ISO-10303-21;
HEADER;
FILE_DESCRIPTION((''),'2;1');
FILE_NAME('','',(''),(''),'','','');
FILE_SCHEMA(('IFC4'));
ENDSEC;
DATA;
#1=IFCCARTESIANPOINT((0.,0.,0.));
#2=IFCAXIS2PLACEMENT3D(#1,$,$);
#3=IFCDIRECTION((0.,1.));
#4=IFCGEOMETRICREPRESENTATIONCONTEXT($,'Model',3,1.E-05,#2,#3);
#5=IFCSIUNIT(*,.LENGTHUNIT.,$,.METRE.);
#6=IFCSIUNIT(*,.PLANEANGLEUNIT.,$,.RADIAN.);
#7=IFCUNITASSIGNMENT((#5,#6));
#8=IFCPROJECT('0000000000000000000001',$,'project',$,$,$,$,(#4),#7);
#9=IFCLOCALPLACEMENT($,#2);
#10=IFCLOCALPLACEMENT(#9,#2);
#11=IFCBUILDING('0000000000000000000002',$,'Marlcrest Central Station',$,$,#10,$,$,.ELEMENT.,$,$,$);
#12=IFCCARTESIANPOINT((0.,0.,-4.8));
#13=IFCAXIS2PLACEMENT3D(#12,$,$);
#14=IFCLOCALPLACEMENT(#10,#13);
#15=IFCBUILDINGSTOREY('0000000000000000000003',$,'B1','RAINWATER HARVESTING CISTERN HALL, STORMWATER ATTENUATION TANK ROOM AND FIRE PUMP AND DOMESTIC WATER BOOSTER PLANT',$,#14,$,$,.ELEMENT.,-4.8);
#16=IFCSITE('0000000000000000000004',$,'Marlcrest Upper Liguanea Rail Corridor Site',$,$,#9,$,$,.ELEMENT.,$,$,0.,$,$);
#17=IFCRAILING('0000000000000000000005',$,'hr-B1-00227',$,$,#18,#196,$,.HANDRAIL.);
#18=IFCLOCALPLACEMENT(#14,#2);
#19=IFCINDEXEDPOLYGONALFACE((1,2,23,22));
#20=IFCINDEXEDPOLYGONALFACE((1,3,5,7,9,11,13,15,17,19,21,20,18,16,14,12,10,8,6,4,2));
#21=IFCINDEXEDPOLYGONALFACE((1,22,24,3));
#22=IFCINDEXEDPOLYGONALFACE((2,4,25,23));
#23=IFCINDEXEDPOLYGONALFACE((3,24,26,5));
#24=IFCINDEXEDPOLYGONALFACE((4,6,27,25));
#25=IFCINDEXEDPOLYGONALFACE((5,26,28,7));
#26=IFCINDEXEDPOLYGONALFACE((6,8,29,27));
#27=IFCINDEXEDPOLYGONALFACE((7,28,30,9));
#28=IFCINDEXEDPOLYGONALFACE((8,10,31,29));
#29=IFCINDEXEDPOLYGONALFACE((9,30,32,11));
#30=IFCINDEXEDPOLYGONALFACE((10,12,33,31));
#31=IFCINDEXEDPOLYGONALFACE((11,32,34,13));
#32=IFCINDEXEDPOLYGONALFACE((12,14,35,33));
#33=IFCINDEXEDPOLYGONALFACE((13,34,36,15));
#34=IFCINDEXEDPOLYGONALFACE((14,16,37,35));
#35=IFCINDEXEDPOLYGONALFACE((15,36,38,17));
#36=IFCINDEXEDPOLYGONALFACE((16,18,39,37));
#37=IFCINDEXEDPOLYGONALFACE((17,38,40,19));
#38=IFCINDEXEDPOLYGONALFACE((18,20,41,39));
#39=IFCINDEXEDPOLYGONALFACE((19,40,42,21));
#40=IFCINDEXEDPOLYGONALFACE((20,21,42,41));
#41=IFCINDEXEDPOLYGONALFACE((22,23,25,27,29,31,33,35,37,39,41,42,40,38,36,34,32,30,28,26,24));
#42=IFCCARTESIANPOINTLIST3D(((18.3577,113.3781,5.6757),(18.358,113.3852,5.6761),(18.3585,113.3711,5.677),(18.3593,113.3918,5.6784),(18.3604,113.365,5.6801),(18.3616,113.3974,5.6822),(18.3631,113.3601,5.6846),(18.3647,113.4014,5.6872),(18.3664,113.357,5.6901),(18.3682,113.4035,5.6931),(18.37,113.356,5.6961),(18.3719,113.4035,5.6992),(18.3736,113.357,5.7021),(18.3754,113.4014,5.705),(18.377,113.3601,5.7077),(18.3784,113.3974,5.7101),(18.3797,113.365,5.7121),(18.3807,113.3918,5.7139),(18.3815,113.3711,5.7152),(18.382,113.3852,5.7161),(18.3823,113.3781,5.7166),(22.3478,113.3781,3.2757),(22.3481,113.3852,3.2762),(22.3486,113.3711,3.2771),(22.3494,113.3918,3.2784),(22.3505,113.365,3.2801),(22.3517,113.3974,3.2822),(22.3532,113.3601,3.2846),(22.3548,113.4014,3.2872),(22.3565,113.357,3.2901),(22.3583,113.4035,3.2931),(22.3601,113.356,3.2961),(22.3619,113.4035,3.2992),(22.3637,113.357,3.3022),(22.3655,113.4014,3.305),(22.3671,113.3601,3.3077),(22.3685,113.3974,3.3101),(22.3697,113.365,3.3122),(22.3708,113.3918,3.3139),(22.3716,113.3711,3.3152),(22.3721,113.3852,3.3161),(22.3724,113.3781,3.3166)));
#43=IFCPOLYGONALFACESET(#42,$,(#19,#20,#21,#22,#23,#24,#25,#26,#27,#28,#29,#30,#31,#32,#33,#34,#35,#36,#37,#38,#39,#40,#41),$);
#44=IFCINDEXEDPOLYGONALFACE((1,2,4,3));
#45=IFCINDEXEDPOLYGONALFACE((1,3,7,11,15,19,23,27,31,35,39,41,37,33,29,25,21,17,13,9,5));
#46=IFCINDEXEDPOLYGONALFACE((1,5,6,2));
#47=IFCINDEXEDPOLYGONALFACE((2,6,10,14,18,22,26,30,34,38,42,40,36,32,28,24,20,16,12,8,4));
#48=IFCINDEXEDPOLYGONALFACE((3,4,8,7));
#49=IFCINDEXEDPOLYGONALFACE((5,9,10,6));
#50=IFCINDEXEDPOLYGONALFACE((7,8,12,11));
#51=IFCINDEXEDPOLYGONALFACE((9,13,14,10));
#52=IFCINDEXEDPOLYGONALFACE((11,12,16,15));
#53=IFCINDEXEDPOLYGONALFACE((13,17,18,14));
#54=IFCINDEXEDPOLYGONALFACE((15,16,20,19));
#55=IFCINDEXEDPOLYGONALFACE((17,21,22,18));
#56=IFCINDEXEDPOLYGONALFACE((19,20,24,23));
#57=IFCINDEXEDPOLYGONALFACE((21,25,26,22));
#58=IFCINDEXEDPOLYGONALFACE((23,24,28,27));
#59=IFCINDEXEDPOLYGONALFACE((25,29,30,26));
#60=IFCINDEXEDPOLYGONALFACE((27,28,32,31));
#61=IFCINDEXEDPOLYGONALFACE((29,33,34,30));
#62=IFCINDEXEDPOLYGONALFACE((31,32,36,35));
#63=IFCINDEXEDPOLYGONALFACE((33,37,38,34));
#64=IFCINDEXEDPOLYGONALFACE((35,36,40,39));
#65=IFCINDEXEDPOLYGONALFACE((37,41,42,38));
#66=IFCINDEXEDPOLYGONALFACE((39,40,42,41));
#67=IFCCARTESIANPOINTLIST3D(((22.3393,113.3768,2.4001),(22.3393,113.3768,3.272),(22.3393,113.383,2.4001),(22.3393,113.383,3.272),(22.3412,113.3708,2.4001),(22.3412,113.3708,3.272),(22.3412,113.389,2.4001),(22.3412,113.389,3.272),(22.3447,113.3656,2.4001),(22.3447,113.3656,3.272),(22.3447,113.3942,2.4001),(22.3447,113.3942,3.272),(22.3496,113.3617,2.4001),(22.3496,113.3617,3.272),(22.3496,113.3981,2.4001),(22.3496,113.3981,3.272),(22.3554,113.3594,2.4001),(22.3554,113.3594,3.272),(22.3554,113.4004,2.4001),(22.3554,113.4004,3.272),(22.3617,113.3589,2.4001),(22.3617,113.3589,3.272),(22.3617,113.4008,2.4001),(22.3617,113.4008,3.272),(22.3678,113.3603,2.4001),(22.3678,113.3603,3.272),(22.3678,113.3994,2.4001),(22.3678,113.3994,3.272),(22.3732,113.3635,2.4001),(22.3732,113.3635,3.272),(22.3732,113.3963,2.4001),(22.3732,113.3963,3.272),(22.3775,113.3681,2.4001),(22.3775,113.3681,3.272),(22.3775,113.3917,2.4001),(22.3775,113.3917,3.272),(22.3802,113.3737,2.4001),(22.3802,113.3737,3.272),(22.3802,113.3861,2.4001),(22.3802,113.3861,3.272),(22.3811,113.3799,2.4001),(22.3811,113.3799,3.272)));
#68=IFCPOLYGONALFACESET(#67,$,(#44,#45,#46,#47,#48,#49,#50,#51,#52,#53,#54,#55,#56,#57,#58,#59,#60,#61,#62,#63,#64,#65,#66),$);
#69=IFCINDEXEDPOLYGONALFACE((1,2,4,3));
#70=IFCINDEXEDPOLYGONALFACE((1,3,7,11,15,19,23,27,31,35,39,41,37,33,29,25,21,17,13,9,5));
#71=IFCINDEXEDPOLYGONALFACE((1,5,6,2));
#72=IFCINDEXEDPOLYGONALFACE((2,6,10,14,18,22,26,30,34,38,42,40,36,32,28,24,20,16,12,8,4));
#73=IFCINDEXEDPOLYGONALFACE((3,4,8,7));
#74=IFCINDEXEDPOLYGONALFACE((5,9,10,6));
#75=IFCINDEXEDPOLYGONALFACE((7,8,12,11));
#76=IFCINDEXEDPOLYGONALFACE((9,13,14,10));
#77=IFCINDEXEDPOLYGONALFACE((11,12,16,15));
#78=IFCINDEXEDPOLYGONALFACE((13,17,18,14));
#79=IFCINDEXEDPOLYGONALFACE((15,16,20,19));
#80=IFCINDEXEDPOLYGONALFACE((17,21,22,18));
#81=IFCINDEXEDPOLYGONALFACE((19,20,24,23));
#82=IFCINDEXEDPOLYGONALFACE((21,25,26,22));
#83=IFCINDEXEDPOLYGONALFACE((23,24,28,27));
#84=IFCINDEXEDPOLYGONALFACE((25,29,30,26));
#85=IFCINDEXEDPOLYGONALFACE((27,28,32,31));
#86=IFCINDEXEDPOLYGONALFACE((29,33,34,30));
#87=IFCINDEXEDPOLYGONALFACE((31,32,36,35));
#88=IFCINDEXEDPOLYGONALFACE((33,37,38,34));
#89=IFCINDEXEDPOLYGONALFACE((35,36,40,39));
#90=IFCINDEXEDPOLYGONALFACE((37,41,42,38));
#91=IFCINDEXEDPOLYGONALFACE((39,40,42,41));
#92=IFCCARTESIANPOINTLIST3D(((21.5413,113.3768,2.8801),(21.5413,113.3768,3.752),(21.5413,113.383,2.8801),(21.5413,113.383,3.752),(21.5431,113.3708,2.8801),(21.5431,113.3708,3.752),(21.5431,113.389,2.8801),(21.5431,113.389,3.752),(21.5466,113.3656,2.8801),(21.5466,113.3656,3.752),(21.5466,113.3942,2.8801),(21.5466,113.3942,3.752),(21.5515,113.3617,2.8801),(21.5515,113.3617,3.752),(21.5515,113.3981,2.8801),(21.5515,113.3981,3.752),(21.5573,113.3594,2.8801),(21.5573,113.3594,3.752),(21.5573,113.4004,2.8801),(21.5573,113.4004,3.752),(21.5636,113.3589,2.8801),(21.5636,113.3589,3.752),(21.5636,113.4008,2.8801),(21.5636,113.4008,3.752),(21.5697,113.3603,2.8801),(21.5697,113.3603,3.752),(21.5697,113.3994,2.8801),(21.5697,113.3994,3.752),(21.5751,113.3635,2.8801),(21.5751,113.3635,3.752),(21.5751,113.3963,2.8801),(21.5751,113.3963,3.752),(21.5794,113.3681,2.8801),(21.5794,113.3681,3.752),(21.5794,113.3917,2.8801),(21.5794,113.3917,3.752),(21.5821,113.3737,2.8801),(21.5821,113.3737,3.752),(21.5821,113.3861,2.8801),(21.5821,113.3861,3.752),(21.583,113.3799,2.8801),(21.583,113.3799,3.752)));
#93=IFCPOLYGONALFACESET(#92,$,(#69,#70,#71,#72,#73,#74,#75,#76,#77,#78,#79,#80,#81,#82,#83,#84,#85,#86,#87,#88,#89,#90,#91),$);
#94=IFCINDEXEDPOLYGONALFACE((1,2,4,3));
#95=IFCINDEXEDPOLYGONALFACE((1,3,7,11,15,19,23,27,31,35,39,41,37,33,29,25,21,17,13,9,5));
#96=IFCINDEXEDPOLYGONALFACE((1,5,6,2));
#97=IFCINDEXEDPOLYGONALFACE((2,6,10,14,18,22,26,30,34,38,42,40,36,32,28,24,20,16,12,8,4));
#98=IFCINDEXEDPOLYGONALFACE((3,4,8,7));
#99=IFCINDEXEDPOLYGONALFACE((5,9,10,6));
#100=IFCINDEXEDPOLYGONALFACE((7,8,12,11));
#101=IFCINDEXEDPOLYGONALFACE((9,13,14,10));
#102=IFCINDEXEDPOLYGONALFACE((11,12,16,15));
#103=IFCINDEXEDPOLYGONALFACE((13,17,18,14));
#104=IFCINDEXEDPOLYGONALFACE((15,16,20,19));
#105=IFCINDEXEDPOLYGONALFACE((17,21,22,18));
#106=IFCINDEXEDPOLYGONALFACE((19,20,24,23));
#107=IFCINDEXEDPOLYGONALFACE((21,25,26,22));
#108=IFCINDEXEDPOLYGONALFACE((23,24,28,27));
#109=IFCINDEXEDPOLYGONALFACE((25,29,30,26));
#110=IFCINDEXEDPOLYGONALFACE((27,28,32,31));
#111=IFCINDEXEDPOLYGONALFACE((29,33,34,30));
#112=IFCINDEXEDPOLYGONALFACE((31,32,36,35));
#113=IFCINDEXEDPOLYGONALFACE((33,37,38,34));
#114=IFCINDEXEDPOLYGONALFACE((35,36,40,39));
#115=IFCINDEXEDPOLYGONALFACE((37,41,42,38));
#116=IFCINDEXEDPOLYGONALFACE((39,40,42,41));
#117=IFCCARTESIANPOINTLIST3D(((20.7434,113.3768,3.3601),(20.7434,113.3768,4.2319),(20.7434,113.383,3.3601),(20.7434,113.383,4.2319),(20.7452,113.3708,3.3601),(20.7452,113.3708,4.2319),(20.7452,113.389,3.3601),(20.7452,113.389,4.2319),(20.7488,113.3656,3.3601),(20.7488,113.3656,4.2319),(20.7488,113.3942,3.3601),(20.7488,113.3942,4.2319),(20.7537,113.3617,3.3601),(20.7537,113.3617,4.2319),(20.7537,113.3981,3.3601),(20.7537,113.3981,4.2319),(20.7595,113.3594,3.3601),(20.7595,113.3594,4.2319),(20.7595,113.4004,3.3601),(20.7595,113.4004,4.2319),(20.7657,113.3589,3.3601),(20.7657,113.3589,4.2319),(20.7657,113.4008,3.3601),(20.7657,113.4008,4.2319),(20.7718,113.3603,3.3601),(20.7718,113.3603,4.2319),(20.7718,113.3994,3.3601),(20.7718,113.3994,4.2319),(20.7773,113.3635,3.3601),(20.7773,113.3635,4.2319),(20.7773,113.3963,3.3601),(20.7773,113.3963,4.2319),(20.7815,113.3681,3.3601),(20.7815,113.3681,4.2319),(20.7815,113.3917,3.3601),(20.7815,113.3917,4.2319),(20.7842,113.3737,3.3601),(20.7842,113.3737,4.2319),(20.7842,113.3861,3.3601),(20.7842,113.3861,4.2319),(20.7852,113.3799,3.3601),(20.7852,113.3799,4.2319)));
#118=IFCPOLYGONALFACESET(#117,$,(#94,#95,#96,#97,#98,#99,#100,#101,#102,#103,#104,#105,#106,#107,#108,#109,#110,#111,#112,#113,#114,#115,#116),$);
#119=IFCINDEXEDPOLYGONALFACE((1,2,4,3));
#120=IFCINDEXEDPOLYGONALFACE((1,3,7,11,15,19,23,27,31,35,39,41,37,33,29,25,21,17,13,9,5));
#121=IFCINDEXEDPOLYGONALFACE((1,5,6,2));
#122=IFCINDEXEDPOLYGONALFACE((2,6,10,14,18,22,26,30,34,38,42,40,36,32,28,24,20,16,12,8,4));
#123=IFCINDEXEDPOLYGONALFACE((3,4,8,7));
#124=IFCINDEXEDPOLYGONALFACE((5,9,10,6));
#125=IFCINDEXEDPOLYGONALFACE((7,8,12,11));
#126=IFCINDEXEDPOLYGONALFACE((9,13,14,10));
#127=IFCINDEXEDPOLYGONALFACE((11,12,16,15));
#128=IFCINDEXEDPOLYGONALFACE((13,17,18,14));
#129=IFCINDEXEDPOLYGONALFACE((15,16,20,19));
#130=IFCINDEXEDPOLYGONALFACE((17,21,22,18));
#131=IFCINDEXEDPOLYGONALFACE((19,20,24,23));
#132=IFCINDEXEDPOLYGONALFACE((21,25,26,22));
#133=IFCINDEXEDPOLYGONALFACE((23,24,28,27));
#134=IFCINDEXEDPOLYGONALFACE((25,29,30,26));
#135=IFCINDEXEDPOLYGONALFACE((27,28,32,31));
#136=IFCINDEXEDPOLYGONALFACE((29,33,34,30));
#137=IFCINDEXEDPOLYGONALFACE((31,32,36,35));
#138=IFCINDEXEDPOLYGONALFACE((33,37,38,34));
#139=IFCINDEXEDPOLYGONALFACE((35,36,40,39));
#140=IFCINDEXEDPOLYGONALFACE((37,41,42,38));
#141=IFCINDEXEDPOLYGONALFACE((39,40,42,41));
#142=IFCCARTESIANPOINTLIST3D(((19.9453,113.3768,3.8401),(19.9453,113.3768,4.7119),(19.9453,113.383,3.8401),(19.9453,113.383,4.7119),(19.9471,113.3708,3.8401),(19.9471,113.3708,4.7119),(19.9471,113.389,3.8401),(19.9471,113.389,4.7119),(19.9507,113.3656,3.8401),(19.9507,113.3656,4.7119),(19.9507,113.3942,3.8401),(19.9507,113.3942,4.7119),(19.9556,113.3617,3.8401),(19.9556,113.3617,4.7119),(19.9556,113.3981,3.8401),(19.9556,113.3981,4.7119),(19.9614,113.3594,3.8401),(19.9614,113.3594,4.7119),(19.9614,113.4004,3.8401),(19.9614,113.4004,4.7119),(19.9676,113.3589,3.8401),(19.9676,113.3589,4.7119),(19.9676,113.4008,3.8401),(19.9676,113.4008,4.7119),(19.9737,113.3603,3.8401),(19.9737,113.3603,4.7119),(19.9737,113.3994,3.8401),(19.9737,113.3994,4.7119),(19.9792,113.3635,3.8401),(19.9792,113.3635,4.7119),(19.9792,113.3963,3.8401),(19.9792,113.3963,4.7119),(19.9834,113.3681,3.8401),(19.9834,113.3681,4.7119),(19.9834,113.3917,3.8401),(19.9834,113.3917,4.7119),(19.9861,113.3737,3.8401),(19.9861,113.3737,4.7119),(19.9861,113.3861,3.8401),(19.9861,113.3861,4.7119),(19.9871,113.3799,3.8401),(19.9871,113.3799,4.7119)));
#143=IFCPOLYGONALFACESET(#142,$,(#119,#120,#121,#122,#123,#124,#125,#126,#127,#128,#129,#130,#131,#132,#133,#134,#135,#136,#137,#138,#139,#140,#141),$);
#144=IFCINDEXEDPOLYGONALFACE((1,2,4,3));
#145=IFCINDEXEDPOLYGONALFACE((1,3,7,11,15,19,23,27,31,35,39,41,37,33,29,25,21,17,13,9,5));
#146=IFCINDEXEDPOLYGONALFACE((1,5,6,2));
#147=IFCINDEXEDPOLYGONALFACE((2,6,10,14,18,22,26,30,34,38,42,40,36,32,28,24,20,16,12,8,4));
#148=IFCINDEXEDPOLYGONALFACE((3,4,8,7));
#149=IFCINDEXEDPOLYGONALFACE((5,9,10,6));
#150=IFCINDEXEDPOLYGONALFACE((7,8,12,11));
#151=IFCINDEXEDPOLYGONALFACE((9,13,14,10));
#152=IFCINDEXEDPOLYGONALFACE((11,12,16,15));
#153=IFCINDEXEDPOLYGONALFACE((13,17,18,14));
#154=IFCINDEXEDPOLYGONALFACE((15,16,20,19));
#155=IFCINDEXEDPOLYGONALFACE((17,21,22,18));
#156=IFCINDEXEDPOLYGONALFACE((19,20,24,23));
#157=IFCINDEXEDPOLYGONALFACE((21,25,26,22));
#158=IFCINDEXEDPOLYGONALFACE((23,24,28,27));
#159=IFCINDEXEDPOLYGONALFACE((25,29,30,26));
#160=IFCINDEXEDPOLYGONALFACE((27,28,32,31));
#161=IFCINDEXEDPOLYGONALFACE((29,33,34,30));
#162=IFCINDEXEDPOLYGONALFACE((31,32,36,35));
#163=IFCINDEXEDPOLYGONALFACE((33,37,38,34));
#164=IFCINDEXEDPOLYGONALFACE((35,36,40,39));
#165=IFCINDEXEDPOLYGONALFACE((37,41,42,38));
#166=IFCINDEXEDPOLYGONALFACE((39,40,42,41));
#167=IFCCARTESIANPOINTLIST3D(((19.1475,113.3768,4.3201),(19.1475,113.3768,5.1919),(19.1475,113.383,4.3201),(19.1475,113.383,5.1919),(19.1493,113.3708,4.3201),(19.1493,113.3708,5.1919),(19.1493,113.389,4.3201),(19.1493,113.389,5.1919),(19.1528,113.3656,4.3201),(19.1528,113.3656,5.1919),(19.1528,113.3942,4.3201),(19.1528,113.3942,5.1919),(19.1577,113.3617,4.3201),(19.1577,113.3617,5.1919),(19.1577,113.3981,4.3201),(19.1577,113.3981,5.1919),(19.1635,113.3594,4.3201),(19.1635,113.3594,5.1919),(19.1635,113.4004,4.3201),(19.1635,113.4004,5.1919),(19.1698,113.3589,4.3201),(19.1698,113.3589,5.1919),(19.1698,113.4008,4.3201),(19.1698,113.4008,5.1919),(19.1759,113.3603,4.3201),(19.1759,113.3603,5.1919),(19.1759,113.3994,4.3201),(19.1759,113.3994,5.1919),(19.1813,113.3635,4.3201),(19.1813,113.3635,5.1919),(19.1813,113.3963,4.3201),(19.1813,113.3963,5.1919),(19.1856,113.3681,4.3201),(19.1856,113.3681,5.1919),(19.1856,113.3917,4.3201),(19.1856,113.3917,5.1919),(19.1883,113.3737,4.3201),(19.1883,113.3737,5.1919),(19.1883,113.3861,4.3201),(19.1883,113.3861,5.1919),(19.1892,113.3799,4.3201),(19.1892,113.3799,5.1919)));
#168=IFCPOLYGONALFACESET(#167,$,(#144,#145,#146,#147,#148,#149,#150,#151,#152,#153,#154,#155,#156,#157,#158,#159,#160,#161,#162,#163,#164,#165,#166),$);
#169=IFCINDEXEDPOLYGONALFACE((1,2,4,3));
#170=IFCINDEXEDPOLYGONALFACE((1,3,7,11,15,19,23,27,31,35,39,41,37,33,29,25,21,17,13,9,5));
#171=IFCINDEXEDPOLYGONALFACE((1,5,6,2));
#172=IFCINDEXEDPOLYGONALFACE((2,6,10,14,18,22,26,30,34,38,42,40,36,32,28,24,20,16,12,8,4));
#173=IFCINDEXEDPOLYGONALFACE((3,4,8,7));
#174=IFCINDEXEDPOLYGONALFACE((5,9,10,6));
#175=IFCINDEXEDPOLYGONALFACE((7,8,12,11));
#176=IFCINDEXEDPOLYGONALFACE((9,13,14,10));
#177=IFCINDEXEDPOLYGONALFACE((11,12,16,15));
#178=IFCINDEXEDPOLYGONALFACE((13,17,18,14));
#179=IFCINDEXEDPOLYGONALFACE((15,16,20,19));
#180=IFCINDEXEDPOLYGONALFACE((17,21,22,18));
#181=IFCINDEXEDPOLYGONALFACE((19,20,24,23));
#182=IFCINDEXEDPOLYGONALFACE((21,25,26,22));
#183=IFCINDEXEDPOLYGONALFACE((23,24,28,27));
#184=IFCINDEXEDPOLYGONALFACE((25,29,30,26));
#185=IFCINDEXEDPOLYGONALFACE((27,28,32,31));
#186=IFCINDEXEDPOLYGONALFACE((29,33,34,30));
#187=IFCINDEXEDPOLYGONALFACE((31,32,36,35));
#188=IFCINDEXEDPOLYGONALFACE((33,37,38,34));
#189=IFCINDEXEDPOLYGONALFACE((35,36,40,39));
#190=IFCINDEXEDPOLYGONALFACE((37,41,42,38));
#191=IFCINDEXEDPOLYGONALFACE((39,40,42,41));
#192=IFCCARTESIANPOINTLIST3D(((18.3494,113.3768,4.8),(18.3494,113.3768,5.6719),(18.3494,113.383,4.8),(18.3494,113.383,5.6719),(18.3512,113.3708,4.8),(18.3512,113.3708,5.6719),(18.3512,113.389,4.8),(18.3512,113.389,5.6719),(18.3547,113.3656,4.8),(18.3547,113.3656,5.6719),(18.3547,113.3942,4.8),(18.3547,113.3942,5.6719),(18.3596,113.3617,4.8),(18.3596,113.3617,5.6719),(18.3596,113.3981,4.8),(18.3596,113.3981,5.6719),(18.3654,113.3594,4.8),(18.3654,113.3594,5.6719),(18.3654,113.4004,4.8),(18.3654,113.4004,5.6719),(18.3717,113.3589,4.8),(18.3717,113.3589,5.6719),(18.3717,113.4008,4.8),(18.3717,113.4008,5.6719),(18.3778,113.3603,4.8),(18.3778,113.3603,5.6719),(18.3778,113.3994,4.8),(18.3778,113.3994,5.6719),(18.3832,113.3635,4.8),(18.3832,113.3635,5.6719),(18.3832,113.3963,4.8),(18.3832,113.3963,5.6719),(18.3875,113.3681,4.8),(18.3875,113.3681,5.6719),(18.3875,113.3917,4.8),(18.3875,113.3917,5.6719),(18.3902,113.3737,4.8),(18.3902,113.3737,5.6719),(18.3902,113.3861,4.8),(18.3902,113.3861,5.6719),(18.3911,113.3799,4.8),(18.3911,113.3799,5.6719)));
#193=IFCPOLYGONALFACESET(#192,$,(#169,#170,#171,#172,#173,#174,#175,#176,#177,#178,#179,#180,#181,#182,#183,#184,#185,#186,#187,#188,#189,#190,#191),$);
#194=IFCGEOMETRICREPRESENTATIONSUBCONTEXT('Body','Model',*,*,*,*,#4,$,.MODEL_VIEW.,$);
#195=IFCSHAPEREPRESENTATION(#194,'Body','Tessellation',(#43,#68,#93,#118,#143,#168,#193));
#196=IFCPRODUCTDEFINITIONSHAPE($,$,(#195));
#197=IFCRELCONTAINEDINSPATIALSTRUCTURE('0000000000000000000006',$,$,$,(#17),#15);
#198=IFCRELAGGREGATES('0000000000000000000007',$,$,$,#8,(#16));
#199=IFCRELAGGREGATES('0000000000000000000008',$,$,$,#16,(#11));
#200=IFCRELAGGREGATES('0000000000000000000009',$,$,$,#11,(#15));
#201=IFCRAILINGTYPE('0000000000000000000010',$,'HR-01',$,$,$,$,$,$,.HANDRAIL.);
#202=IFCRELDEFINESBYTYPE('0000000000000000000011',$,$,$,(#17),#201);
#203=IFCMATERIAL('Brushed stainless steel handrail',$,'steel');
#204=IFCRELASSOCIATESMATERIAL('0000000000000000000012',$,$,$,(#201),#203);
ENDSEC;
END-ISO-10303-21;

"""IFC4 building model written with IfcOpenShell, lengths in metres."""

from ifc_helpers import new_model, si_unit, direction, frame, origin, origin_2d, place, context, subcontext, project, spatial, circle, extrude, material, type_object, element, save


model = new_model("IFC4")

# Units and contexts
model_context = context("Model", 3, precision=1e-05, world=origin(), true_north=direction((0.0, 1.0)))
body_context = subcontext(model_context, "Body", "Model", "MODEL_VIEW")
ifc_project = project(units=[si_unit("LENGTHUNIT", "METRE"), si_unit("PLANEANGLEUNIT", "RADIAN")], contexts=[model_context])

# Site, building, storey
site_placement = place(None, origin())
site = spatial("IfcSite", under=ifc_project, at=site_placement, Name="Marlcrest Upper Liguanea Rail Corridor Site", CompositionType="ELEMENT", RefElevation=0.0)
building_placement = place(site_placement, origin())
building = spatial("IfcBuilding", under=site, at=building_placement, Name="Marlcrest Central Station", CompositionType="ELEMENT")
storey_placement = place(building_placement, frame((0.0, 0.0, -4.8)))
storey = spatial("IfcBuildingStorey", under=building, at=storey_placement, Name="B1", Description="RAINWATER HARVESTING CISTERN HALL, STORMWATER ATTENUATION TANK ROOM AND FIRE PUMP AND DOMESTIC WATER BOOSTER PLANT", CompositionType="ELEMENT", Elevation=-4.8)

# Railing
ifc_material_1 = material(Name="Brushed stainless steel handrail", Category="steel")
railing_type = type_object("IfcRailingType", Name="HR-01", PredefinedType="HANDRAIL", material=ifc_material_1)
for number, where, name in (
    (1, (22.3601, 113.3799, 2.4001), "hr-B1-00227"),
):
    element("IfcRailing", number, at=place(storey_placement, frame(where)), inside=storey, type_object=railing_type, Name=name, PredefinedType="HANDRAIL", context=body_context, shape_type="SweptSolid", body=[
        extrude(circle(Radius=0.0239, at=origin_2d()), frame((0.0, 0.0, 0.896), z_axis=(-0.856933, 0.0, 0.515428), x_axis=(0.0, -1.0, 0.0)), (0.0, 0.0, 1.0), 4.6562),
        extrude(circle(Radius=0.021, at=origin_2d()), origin(), (0.0, 0.0, 1.0), 0.8718),
        extrude(circle(Radius=0.021, at=origin_2d()), frame((-0.7981, 0.0, 0.48)), (0.0, 0.0, 1.0), 0.8718),
        extrude(circle(Radius=0.021, at=origin_2d()), frame((-1.5959, 0.0, 0.96)), (0.0, 0.0, 1.0), 0.8718),
        extrude(circle(Radius=0.021, at=origin_2d()), frame((-2.394, 0.0, 1.4399)), (0.0, 0.0, 1.0), 0.8718),
        extrude(circle(Radius=0.021, at=origin_2d()), frame((-3.1919, 0.0, 1.9199)), (0.0, 0.0, 1.0), 0.8718),
        extrude(circle(Radius=0.021, at=origin_2d()), frame((-3.99, 0.0, 2.3999)), (0.0, 0.0, 1.0), 0.8718),
    ])

save(model, "model.ifc")
